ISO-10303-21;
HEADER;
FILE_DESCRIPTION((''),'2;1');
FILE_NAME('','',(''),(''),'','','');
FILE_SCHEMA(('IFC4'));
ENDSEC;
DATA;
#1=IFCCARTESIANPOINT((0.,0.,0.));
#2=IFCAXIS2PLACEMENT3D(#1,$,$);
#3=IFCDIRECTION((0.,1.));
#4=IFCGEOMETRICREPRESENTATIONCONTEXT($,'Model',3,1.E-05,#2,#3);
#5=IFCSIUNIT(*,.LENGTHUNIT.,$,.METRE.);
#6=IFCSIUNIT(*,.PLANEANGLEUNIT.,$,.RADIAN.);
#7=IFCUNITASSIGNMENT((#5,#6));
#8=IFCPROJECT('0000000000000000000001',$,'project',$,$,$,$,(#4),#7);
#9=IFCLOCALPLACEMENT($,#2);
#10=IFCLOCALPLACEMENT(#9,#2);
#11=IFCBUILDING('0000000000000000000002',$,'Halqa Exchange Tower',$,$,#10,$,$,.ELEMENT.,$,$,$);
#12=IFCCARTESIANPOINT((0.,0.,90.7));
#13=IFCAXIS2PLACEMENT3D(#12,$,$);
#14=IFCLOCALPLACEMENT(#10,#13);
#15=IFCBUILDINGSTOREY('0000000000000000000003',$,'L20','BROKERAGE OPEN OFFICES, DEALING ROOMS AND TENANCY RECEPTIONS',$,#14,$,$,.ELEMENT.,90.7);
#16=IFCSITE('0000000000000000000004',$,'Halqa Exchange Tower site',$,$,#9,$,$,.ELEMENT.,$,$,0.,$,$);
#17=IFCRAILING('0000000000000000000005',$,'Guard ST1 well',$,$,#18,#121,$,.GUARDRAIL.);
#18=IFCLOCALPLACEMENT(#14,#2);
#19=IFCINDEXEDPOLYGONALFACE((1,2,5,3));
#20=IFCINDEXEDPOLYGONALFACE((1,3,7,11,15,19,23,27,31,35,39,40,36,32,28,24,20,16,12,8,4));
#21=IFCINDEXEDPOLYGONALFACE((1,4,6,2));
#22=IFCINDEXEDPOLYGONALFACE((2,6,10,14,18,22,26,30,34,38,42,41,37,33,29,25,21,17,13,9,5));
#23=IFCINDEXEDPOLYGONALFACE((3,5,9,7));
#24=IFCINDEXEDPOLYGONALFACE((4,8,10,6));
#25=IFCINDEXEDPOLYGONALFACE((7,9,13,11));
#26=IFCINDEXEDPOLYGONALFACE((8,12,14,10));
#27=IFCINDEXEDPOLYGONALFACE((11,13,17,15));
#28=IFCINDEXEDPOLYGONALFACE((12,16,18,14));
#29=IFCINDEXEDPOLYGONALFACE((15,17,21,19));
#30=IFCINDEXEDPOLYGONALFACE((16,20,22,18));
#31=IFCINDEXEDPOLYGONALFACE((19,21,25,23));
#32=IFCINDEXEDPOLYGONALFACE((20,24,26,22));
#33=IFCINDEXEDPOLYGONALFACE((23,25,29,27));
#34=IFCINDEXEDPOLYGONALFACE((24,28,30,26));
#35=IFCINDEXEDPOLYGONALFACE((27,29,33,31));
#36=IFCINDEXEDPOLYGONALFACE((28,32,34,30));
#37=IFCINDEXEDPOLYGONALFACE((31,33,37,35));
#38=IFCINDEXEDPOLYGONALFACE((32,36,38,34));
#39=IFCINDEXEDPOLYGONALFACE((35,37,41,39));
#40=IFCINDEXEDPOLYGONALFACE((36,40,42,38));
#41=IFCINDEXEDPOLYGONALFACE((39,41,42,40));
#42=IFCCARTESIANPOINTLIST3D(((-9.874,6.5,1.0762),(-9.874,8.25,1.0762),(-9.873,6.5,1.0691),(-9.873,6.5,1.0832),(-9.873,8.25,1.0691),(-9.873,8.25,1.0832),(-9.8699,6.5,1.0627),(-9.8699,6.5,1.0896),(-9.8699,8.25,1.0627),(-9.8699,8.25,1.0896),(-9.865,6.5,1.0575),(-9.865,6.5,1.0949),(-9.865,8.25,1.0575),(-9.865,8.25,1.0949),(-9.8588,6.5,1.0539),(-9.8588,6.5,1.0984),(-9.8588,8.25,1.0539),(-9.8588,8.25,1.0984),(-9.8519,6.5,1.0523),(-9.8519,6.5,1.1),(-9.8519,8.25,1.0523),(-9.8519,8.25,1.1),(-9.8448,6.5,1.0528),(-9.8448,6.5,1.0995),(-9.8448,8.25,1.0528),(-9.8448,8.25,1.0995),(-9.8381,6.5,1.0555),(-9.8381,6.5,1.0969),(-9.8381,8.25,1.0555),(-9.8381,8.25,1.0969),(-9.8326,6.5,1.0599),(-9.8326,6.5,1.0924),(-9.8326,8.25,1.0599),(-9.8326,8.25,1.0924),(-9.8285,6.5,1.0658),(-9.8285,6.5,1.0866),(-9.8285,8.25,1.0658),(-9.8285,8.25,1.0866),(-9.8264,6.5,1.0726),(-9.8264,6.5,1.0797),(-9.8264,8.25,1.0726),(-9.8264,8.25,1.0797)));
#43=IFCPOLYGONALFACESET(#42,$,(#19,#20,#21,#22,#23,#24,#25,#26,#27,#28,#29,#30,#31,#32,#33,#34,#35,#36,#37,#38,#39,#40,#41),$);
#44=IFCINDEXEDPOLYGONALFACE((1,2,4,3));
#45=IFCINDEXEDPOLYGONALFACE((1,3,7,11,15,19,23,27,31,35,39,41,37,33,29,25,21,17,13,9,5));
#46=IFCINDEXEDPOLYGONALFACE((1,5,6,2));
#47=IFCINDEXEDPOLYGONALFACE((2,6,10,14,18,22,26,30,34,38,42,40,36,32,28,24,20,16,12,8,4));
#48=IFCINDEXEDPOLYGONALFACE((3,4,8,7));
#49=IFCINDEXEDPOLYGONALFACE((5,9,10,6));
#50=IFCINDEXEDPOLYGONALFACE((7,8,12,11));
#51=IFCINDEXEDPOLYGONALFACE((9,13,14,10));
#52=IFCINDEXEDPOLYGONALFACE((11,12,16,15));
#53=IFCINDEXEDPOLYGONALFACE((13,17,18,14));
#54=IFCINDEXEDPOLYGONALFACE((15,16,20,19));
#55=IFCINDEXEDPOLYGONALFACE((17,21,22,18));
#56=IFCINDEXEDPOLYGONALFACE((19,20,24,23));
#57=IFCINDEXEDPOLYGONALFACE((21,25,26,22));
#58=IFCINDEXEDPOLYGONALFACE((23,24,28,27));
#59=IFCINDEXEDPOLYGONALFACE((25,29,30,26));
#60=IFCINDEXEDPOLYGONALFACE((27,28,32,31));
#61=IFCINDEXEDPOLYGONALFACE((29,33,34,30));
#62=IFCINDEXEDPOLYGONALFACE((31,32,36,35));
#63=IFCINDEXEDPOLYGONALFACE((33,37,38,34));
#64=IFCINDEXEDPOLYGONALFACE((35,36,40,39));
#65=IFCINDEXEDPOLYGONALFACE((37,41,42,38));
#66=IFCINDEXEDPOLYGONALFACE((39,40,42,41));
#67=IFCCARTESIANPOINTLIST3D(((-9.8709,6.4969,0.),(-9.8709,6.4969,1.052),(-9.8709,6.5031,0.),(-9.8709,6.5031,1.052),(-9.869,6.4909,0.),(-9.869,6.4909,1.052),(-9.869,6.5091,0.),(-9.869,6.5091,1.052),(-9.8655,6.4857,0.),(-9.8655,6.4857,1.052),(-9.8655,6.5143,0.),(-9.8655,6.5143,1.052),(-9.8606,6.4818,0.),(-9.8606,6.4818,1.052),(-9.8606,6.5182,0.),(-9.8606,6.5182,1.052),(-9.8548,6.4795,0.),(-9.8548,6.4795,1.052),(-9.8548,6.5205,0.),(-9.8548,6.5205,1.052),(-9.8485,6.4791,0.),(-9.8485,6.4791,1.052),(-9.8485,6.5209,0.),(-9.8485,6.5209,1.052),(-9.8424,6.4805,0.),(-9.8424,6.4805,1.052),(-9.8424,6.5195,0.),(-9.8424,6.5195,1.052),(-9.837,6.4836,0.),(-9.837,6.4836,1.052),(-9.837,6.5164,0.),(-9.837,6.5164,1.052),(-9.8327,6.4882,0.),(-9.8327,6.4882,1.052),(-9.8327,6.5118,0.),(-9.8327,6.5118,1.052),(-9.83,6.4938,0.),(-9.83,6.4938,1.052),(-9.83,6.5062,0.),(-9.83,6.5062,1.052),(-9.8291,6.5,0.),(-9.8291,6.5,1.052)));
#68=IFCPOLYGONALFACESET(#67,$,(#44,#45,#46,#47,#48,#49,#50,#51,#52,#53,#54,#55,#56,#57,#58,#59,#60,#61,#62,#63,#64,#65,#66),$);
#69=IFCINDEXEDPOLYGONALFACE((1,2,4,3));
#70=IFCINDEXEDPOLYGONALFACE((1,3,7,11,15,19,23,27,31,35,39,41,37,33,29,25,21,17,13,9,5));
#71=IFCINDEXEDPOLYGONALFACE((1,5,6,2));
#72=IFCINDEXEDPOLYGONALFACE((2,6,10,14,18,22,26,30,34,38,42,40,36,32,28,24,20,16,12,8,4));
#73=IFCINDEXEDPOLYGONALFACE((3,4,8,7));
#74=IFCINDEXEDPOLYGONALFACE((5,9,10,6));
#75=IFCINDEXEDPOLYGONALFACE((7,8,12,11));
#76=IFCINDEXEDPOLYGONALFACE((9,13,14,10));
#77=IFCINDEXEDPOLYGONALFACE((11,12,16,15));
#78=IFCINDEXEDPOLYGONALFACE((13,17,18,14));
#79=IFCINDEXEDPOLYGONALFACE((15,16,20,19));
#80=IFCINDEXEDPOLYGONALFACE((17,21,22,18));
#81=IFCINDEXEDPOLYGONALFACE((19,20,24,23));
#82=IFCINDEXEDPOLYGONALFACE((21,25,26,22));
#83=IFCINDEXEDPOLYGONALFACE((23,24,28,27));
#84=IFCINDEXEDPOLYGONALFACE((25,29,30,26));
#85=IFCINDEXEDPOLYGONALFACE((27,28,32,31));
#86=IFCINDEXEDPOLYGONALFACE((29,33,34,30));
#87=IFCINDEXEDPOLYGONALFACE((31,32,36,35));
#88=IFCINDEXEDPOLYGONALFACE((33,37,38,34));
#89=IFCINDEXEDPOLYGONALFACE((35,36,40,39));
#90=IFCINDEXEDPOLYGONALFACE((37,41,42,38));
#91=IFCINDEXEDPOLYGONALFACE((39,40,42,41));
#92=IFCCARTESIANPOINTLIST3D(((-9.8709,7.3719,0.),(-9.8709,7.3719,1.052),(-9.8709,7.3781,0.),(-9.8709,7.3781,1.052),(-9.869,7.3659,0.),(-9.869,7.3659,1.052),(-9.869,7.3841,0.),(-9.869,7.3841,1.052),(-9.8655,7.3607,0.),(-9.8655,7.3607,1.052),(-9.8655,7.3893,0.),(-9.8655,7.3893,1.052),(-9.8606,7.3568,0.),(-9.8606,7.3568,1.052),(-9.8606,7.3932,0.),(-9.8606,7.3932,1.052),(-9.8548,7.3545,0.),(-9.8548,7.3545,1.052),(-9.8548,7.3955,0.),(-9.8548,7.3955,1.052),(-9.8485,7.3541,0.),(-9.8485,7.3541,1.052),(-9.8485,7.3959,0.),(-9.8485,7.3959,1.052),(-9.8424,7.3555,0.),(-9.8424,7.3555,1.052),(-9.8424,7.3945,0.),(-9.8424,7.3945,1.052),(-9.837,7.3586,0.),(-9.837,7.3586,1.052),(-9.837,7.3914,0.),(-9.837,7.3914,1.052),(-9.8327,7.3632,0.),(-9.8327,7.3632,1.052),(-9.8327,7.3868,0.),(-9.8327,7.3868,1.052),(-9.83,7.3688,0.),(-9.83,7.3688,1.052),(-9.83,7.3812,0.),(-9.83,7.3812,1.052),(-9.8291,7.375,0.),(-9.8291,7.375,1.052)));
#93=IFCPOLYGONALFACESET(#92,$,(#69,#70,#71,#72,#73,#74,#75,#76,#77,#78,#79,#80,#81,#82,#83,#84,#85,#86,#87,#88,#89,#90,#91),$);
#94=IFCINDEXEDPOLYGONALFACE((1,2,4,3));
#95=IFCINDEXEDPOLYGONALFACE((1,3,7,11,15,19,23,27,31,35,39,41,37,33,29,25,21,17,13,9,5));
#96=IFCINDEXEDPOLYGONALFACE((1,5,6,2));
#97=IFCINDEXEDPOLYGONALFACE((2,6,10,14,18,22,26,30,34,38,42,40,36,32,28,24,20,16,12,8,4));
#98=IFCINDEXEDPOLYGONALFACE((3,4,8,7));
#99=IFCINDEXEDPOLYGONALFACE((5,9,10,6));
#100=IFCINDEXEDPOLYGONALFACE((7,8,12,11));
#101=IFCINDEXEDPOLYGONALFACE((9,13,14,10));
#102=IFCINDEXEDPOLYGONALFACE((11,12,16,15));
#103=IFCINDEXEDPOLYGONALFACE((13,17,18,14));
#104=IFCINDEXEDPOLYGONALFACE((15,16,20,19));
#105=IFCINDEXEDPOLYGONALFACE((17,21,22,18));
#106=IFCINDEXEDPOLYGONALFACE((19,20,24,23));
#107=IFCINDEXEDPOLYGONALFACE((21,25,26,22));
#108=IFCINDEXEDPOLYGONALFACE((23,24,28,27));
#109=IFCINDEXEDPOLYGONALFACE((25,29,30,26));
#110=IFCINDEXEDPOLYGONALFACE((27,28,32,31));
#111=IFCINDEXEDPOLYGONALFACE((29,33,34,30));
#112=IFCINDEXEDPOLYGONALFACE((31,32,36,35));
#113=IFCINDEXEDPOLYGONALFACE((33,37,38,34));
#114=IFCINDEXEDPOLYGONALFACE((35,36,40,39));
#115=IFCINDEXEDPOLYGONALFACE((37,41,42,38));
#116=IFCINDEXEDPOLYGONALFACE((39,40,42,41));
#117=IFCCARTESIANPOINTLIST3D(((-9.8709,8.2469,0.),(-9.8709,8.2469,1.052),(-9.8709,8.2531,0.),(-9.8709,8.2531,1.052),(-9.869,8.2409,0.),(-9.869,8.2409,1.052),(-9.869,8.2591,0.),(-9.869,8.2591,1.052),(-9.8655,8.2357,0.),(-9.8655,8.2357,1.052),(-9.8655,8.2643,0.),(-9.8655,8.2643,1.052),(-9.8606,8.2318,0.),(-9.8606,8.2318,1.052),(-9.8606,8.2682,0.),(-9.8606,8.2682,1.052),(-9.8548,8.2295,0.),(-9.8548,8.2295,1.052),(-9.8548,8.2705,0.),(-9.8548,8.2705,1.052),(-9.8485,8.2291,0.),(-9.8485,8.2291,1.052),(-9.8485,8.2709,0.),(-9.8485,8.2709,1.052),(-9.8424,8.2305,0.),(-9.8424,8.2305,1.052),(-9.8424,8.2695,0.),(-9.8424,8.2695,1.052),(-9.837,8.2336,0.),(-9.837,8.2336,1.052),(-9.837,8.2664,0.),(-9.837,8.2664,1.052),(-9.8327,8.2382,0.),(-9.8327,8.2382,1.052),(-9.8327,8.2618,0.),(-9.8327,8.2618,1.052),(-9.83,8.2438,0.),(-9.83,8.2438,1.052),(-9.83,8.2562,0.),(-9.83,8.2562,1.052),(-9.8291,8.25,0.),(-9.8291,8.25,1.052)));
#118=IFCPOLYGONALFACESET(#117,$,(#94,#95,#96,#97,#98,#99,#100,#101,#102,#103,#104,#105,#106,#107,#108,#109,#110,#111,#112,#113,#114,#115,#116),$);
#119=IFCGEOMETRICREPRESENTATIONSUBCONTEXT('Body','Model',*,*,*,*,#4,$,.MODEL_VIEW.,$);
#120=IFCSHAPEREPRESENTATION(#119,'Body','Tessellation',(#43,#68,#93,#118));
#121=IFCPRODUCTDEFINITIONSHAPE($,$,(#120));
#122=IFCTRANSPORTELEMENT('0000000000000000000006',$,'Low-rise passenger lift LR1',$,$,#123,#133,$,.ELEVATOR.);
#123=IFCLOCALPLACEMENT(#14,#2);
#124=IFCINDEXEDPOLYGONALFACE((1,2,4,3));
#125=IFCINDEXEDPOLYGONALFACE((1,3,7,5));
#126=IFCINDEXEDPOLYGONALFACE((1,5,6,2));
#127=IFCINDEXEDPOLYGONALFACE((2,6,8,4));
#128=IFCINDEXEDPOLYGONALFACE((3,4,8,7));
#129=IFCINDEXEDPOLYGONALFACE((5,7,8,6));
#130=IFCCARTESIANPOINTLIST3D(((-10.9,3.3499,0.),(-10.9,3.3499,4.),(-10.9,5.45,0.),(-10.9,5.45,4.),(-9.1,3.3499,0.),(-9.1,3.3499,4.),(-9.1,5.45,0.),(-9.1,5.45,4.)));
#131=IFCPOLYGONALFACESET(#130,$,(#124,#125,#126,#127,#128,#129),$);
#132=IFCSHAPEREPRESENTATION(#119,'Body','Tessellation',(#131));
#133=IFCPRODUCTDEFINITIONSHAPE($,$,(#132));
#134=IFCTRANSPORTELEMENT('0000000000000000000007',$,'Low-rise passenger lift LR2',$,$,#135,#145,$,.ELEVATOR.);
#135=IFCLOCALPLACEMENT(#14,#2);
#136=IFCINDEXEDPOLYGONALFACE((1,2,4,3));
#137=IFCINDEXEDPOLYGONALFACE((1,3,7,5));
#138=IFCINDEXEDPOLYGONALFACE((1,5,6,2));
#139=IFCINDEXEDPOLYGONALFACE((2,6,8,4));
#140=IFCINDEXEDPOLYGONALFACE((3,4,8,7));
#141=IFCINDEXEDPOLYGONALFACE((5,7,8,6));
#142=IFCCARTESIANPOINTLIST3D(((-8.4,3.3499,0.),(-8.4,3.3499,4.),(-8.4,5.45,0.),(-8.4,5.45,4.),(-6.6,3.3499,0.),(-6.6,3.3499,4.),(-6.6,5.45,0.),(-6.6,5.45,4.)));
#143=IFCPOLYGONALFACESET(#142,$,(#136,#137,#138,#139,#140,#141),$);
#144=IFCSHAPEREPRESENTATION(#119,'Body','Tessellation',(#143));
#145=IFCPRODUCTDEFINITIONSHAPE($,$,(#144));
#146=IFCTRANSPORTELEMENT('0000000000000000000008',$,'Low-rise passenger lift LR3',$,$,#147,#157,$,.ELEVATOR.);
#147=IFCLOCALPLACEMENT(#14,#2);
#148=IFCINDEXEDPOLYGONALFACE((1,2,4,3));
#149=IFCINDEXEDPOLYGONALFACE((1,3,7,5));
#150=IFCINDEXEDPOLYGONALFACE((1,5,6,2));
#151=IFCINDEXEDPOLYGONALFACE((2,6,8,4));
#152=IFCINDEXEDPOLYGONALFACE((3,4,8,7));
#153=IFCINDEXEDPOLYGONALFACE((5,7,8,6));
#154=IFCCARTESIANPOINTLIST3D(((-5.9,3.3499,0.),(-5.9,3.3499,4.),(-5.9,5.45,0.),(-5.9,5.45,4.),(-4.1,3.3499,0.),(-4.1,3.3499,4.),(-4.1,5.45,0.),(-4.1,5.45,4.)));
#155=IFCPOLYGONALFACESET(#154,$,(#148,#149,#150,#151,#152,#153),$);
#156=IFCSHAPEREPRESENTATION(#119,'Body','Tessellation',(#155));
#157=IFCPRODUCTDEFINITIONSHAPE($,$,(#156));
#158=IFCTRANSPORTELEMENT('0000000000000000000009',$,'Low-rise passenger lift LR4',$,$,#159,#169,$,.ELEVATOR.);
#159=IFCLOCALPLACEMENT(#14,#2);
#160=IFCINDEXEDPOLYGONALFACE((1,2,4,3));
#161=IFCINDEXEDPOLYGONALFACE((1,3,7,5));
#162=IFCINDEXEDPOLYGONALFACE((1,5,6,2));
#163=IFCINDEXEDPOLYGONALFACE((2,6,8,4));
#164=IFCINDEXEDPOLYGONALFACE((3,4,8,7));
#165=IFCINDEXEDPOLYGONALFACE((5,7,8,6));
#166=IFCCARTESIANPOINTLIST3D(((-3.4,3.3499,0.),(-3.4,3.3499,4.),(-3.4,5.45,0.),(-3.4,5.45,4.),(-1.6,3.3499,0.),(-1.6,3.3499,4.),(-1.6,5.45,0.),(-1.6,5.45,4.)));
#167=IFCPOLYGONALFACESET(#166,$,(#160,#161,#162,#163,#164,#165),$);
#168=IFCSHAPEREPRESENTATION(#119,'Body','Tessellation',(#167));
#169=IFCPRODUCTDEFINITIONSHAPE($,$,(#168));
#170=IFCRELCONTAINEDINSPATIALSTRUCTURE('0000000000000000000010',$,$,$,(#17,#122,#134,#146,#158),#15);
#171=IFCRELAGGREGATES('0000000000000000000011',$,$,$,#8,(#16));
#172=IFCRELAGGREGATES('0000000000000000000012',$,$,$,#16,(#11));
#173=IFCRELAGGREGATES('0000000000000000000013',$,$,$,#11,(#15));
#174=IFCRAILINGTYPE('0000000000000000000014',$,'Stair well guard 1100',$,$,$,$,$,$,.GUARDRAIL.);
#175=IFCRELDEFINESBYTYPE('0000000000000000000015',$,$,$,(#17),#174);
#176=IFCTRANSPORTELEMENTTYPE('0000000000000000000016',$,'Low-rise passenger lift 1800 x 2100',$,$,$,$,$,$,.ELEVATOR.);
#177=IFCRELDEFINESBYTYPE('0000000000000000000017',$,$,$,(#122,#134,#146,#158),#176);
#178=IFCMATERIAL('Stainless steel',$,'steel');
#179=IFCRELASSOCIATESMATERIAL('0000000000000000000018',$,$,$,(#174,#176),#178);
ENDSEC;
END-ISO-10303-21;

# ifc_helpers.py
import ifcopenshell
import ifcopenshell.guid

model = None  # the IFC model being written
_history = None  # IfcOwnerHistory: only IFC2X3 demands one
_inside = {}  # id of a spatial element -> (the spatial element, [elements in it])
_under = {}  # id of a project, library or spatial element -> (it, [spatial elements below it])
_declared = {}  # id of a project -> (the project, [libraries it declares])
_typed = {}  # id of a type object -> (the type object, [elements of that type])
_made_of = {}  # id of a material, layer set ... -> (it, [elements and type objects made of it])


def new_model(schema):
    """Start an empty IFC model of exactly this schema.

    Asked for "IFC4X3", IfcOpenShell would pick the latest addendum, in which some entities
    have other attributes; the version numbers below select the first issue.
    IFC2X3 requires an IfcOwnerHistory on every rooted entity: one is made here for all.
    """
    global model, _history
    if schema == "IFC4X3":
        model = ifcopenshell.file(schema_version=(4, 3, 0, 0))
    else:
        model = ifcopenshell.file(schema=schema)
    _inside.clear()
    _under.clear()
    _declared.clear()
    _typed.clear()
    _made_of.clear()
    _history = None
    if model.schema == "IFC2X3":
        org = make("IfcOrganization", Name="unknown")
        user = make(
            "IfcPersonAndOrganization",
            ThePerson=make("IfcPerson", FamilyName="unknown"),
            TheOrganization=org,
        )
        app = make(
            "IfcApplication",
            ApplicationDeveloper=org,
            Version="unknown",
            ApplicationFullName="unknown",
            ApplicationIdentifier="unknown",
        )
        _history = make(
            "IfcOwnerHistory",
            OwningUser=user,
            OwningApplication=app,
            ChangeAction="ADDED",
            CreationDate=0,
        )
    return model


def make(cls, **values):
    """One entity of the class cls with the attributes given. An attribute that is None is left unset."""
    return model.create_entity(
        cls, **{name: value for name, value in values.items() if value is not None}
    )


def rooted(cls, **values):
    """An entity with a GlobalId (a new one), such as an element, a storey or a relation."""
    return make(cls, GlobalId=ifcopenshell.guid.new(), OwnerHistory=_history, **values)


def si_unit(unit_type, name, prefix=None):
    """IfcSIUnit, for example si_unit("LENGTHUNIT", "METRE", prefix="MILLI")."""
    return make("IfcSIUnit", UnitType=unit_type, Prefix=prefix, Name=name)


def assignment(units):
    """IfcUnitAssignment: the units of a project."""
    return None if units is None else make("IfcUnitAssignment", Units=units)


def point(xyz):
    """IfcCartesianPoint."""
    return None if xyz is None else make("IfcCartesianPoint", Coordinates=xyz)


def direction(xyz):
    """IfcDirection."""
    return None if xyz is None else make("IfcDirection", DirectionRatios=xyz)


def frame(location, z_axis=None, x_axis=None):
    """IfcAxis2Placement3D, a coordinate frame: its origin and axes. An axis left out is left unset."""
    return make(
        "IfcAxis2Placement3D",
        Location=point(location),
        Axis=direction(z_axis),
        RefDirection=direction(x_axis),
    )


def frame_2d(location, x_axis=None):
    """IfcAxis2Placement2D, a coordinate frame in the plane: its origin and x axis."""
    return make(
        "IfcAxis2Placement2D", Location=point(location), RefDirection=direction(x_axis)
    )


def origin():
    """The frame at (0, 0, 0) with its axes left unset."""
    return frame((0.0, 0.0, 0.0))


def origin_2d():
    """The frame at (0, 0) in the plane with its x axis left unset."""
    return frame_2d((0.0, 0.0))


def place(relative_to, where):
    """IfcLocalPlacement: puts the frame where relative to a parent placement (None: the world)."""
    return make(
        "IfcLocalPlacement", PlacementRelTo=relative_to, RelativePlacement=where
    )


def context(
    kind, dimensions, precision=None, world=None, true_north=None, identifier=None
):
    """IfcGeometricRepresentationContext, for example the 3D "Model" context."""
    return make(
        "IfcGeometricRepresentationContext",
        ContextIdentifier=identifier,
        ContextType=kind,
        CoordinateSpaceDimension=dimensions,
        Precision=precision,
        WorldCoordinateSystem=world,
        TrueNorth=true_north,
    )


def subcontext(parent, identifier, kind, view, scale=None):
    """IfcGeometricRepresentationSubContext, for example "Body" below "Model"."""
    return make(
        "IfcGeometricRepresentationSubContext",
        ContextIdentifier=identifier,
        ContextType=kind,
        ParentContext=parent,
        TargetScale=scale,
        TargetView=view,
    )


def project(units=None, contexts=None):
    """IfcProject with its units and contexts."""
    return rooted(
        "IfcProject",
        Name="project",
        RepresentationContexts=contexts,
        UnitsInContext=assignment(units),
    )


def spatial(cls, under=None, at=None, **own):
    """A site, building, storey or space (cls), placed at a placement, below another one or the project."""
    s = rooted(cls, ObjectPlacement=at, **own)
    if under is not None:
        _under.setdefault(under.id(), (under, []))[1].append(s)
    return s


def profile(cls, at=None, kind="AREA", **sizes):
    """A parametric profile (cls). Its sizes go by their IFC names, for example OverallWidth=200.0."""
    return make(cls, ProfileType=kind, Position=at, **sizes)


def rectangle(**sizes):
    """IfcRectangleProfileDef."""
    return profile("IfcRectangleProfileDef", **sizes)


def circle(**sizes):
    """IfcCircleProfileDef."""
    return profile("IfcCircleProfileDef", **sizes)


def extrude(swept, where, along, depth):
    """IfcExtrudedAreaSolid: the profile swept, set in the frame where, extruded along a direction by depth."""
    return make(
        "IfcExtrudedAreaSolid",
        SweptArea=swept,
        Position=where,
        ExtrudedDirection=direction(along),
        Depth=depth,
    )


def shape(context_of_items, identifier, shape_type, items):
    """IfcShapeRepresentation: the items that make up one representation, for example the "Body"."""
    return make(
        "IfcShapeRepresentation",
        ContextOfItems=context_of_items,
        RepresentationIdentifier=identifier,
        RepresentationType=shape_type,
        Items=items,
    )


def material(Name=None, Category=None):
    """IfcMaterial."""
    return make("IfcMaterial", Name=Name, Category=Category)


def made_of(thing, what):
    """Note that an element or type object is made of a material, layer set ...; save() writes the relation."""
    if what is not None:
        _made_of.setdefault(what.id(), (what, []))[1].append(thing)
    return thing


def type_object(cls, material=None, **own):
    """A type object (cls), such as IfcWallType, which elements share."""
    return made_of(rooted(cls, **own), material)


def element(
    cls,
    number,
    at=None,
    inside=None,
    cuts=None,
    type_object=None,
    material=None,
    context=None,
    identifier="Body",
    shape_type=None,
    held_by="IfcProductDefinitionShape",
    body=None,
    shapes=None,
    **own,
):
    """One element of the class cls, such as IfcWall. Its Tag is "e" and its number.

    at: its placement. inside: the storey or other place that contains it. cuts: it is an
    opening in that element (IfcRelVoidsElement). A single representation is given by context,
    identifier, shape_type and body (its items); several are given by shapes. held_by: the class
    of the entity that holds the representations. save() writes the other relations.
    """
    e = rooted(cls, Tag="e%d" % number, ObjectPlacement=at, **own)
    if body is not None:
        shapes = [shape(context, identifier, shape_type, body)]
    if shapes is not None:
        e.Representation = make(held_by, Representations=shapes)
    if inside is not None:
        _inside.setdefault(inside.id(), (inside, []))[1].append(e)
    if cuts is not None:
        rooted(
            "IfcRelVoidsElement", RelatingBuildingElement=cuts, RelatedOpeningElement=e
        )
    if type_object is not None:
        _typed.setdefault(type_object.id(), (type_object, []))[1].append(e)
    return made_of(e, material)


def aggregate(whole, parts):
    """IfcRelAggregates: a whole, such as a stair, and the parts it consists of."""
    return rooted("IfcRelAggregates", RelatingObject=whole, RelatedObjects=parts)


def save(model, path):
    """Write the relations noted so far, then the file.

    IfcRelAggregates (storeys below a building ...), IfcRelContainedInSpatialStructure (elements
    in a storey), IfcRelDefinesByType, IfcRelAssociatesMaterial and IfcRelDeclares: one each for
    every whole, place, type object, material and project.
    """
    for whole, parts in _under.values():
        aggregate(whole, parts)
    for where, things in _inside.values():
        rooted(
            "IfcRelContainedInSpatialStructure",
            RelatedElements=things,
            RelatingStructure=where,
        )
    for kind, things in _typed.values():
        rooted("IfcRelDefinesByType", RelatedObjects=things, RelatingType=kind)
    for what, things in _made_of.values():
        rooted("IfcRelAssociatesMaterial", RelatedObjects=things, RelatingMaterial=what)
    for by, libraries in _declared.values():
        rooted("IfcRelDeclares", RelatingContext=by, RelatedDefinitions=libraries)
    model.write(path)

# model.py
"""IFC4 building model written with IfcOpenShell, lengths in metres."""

from ifc_helpers import new_model, si_unit, direction, frame, origin, origin_2d, place, context, subcontext, project, spatial, rectangle, circle, extrude, material, type_object, element, save


model = new_model("IFC4")

# Units and contexts
model_context = context("Model", 3, precision=1e-05, world=origin(), true_north=direction((0.0, 1.0)))
body_context = subcontext(model_context, "Body", "Model", "MODEL_VIEW")
ifc_project = project(units=[si_unit("LENGTHUNIT", "METRE"), si_unit("PLANEANGLEUNIT", "RADIAN")], contexts=[model_context])

# Site, building, storey
site_placement = place(None, origin())
site = spatial("IfcSite", under=ifc_project, at=site_placement, Name="Halqa Exchange Tower site", CompositionType="ELEMENT", RefElevation=0.0)
building_placement = place(site_placement, origin())
building = spatial("IfcBuilding", under=site, at=building_placement, Name="Halqa Exchange Tower", CompositionType="ELEMENT")
storey_placement = place(building_placement, frame((0.0, 0.0, 90.7)))
storey = spatial("IfcBuildingStorey", under=building, at=storey_placement, Name="L20", Description="BROKERAGE OPEN OFFICES, DEALING ROOMS AND TENANCY RECEPTIONS", CompositionType="ELEMENT", Elevation=90.7)

# Shared definitions
ifc_material_1 = material(Name="Stainless steel", Category="steel")

# Railing
railing_type_1 = type_object("IfcRailingType", Name="Stair well guard 1100", PredefinedType="GUARDRAIL", material=ifc_material_1)
railing_1_placement = place(storey_placement, frame((-9.8501, 6.5, 0.0)))
element("IfcRailing", 1, at=railing_1_placement, inside=storey, type_object=railing_type_1, Name="Guard ST1 well", PredefinedType="GUARDRAIL", context=body_context, shape_type="SweptSolid", body=[
    extrude(circle(Radius=0.0239, at=origin_2d()), frame((0.0, 0.0, 1.0762), z_axis=(0.0, 1.0, 0.0), x_axis=(-1.0, 0.0, 0.0)), (0.0, 0.0, 1.0), 1.75),
    extrude(circle(Radius=0.021, at=origin_2d()), origin(), (0.0, 0.0, 1.0), 1.052),
    extrude(circle(Radius=0.021, at=origin_2d()), frame((0.0, 0.875, 0.0)), (0.0, 0.0, 1.0), 1.052),
    extrude(circle(Radius=0.021, at=origin_2d()), frame((0.0, 1.75, 0.0)), (0.0, 0.0, 1.0), 1.052),
])

# Transport elements
transport_element_type = type_object("IfcTransportElementType", Name="Low-rise passenger lift 1800 x 2100", PredefinedType="ELEVATOR", material=ifc_material_1)
for number, where, z_axis, x_axis, name in (
    (2, (-10.0, 4.3999, 0.0), (0.0, 0.0, 1.0), (1.0, 0.0, 0.0), "Low-rise passenger lift LR1"),
    (3, (-7.5, 4.3999, 0.0), (0.0, 0.0, 1.0), (1.0, 0.0, 0.0), "Low-rise passenger lift LR2"),
    (4, (-5.0, 4.3999, 0.0), (0.0, 0.0, 1.0), (1.0, 0.0, 0.0), "Low-rise passenger lift LR3"),
    (5, (-2.5, 4.3999, 0.0), (0.0, 0.0, 1.0), (1.0, 0.0, 0.0), "Low-rise passenger lift LR4"),
):
    element("IfcTransportElement", number, at=place(storey_placement, frame(where, z_axis=z_axis, x_axis=x_axis)), inside=storey, type_object=transport_element_type, Name=name, PredefinedType="ELEVATOR", context=body_context, shape_type="SweptSolid", body=[
        extrude(rectangle(XDim=1.8, YDim=2.1001, at=origin_2d()), origin(), (0.0, 0.0, 1.0), 4.0),
    ])

save(model, "model.ifc")
